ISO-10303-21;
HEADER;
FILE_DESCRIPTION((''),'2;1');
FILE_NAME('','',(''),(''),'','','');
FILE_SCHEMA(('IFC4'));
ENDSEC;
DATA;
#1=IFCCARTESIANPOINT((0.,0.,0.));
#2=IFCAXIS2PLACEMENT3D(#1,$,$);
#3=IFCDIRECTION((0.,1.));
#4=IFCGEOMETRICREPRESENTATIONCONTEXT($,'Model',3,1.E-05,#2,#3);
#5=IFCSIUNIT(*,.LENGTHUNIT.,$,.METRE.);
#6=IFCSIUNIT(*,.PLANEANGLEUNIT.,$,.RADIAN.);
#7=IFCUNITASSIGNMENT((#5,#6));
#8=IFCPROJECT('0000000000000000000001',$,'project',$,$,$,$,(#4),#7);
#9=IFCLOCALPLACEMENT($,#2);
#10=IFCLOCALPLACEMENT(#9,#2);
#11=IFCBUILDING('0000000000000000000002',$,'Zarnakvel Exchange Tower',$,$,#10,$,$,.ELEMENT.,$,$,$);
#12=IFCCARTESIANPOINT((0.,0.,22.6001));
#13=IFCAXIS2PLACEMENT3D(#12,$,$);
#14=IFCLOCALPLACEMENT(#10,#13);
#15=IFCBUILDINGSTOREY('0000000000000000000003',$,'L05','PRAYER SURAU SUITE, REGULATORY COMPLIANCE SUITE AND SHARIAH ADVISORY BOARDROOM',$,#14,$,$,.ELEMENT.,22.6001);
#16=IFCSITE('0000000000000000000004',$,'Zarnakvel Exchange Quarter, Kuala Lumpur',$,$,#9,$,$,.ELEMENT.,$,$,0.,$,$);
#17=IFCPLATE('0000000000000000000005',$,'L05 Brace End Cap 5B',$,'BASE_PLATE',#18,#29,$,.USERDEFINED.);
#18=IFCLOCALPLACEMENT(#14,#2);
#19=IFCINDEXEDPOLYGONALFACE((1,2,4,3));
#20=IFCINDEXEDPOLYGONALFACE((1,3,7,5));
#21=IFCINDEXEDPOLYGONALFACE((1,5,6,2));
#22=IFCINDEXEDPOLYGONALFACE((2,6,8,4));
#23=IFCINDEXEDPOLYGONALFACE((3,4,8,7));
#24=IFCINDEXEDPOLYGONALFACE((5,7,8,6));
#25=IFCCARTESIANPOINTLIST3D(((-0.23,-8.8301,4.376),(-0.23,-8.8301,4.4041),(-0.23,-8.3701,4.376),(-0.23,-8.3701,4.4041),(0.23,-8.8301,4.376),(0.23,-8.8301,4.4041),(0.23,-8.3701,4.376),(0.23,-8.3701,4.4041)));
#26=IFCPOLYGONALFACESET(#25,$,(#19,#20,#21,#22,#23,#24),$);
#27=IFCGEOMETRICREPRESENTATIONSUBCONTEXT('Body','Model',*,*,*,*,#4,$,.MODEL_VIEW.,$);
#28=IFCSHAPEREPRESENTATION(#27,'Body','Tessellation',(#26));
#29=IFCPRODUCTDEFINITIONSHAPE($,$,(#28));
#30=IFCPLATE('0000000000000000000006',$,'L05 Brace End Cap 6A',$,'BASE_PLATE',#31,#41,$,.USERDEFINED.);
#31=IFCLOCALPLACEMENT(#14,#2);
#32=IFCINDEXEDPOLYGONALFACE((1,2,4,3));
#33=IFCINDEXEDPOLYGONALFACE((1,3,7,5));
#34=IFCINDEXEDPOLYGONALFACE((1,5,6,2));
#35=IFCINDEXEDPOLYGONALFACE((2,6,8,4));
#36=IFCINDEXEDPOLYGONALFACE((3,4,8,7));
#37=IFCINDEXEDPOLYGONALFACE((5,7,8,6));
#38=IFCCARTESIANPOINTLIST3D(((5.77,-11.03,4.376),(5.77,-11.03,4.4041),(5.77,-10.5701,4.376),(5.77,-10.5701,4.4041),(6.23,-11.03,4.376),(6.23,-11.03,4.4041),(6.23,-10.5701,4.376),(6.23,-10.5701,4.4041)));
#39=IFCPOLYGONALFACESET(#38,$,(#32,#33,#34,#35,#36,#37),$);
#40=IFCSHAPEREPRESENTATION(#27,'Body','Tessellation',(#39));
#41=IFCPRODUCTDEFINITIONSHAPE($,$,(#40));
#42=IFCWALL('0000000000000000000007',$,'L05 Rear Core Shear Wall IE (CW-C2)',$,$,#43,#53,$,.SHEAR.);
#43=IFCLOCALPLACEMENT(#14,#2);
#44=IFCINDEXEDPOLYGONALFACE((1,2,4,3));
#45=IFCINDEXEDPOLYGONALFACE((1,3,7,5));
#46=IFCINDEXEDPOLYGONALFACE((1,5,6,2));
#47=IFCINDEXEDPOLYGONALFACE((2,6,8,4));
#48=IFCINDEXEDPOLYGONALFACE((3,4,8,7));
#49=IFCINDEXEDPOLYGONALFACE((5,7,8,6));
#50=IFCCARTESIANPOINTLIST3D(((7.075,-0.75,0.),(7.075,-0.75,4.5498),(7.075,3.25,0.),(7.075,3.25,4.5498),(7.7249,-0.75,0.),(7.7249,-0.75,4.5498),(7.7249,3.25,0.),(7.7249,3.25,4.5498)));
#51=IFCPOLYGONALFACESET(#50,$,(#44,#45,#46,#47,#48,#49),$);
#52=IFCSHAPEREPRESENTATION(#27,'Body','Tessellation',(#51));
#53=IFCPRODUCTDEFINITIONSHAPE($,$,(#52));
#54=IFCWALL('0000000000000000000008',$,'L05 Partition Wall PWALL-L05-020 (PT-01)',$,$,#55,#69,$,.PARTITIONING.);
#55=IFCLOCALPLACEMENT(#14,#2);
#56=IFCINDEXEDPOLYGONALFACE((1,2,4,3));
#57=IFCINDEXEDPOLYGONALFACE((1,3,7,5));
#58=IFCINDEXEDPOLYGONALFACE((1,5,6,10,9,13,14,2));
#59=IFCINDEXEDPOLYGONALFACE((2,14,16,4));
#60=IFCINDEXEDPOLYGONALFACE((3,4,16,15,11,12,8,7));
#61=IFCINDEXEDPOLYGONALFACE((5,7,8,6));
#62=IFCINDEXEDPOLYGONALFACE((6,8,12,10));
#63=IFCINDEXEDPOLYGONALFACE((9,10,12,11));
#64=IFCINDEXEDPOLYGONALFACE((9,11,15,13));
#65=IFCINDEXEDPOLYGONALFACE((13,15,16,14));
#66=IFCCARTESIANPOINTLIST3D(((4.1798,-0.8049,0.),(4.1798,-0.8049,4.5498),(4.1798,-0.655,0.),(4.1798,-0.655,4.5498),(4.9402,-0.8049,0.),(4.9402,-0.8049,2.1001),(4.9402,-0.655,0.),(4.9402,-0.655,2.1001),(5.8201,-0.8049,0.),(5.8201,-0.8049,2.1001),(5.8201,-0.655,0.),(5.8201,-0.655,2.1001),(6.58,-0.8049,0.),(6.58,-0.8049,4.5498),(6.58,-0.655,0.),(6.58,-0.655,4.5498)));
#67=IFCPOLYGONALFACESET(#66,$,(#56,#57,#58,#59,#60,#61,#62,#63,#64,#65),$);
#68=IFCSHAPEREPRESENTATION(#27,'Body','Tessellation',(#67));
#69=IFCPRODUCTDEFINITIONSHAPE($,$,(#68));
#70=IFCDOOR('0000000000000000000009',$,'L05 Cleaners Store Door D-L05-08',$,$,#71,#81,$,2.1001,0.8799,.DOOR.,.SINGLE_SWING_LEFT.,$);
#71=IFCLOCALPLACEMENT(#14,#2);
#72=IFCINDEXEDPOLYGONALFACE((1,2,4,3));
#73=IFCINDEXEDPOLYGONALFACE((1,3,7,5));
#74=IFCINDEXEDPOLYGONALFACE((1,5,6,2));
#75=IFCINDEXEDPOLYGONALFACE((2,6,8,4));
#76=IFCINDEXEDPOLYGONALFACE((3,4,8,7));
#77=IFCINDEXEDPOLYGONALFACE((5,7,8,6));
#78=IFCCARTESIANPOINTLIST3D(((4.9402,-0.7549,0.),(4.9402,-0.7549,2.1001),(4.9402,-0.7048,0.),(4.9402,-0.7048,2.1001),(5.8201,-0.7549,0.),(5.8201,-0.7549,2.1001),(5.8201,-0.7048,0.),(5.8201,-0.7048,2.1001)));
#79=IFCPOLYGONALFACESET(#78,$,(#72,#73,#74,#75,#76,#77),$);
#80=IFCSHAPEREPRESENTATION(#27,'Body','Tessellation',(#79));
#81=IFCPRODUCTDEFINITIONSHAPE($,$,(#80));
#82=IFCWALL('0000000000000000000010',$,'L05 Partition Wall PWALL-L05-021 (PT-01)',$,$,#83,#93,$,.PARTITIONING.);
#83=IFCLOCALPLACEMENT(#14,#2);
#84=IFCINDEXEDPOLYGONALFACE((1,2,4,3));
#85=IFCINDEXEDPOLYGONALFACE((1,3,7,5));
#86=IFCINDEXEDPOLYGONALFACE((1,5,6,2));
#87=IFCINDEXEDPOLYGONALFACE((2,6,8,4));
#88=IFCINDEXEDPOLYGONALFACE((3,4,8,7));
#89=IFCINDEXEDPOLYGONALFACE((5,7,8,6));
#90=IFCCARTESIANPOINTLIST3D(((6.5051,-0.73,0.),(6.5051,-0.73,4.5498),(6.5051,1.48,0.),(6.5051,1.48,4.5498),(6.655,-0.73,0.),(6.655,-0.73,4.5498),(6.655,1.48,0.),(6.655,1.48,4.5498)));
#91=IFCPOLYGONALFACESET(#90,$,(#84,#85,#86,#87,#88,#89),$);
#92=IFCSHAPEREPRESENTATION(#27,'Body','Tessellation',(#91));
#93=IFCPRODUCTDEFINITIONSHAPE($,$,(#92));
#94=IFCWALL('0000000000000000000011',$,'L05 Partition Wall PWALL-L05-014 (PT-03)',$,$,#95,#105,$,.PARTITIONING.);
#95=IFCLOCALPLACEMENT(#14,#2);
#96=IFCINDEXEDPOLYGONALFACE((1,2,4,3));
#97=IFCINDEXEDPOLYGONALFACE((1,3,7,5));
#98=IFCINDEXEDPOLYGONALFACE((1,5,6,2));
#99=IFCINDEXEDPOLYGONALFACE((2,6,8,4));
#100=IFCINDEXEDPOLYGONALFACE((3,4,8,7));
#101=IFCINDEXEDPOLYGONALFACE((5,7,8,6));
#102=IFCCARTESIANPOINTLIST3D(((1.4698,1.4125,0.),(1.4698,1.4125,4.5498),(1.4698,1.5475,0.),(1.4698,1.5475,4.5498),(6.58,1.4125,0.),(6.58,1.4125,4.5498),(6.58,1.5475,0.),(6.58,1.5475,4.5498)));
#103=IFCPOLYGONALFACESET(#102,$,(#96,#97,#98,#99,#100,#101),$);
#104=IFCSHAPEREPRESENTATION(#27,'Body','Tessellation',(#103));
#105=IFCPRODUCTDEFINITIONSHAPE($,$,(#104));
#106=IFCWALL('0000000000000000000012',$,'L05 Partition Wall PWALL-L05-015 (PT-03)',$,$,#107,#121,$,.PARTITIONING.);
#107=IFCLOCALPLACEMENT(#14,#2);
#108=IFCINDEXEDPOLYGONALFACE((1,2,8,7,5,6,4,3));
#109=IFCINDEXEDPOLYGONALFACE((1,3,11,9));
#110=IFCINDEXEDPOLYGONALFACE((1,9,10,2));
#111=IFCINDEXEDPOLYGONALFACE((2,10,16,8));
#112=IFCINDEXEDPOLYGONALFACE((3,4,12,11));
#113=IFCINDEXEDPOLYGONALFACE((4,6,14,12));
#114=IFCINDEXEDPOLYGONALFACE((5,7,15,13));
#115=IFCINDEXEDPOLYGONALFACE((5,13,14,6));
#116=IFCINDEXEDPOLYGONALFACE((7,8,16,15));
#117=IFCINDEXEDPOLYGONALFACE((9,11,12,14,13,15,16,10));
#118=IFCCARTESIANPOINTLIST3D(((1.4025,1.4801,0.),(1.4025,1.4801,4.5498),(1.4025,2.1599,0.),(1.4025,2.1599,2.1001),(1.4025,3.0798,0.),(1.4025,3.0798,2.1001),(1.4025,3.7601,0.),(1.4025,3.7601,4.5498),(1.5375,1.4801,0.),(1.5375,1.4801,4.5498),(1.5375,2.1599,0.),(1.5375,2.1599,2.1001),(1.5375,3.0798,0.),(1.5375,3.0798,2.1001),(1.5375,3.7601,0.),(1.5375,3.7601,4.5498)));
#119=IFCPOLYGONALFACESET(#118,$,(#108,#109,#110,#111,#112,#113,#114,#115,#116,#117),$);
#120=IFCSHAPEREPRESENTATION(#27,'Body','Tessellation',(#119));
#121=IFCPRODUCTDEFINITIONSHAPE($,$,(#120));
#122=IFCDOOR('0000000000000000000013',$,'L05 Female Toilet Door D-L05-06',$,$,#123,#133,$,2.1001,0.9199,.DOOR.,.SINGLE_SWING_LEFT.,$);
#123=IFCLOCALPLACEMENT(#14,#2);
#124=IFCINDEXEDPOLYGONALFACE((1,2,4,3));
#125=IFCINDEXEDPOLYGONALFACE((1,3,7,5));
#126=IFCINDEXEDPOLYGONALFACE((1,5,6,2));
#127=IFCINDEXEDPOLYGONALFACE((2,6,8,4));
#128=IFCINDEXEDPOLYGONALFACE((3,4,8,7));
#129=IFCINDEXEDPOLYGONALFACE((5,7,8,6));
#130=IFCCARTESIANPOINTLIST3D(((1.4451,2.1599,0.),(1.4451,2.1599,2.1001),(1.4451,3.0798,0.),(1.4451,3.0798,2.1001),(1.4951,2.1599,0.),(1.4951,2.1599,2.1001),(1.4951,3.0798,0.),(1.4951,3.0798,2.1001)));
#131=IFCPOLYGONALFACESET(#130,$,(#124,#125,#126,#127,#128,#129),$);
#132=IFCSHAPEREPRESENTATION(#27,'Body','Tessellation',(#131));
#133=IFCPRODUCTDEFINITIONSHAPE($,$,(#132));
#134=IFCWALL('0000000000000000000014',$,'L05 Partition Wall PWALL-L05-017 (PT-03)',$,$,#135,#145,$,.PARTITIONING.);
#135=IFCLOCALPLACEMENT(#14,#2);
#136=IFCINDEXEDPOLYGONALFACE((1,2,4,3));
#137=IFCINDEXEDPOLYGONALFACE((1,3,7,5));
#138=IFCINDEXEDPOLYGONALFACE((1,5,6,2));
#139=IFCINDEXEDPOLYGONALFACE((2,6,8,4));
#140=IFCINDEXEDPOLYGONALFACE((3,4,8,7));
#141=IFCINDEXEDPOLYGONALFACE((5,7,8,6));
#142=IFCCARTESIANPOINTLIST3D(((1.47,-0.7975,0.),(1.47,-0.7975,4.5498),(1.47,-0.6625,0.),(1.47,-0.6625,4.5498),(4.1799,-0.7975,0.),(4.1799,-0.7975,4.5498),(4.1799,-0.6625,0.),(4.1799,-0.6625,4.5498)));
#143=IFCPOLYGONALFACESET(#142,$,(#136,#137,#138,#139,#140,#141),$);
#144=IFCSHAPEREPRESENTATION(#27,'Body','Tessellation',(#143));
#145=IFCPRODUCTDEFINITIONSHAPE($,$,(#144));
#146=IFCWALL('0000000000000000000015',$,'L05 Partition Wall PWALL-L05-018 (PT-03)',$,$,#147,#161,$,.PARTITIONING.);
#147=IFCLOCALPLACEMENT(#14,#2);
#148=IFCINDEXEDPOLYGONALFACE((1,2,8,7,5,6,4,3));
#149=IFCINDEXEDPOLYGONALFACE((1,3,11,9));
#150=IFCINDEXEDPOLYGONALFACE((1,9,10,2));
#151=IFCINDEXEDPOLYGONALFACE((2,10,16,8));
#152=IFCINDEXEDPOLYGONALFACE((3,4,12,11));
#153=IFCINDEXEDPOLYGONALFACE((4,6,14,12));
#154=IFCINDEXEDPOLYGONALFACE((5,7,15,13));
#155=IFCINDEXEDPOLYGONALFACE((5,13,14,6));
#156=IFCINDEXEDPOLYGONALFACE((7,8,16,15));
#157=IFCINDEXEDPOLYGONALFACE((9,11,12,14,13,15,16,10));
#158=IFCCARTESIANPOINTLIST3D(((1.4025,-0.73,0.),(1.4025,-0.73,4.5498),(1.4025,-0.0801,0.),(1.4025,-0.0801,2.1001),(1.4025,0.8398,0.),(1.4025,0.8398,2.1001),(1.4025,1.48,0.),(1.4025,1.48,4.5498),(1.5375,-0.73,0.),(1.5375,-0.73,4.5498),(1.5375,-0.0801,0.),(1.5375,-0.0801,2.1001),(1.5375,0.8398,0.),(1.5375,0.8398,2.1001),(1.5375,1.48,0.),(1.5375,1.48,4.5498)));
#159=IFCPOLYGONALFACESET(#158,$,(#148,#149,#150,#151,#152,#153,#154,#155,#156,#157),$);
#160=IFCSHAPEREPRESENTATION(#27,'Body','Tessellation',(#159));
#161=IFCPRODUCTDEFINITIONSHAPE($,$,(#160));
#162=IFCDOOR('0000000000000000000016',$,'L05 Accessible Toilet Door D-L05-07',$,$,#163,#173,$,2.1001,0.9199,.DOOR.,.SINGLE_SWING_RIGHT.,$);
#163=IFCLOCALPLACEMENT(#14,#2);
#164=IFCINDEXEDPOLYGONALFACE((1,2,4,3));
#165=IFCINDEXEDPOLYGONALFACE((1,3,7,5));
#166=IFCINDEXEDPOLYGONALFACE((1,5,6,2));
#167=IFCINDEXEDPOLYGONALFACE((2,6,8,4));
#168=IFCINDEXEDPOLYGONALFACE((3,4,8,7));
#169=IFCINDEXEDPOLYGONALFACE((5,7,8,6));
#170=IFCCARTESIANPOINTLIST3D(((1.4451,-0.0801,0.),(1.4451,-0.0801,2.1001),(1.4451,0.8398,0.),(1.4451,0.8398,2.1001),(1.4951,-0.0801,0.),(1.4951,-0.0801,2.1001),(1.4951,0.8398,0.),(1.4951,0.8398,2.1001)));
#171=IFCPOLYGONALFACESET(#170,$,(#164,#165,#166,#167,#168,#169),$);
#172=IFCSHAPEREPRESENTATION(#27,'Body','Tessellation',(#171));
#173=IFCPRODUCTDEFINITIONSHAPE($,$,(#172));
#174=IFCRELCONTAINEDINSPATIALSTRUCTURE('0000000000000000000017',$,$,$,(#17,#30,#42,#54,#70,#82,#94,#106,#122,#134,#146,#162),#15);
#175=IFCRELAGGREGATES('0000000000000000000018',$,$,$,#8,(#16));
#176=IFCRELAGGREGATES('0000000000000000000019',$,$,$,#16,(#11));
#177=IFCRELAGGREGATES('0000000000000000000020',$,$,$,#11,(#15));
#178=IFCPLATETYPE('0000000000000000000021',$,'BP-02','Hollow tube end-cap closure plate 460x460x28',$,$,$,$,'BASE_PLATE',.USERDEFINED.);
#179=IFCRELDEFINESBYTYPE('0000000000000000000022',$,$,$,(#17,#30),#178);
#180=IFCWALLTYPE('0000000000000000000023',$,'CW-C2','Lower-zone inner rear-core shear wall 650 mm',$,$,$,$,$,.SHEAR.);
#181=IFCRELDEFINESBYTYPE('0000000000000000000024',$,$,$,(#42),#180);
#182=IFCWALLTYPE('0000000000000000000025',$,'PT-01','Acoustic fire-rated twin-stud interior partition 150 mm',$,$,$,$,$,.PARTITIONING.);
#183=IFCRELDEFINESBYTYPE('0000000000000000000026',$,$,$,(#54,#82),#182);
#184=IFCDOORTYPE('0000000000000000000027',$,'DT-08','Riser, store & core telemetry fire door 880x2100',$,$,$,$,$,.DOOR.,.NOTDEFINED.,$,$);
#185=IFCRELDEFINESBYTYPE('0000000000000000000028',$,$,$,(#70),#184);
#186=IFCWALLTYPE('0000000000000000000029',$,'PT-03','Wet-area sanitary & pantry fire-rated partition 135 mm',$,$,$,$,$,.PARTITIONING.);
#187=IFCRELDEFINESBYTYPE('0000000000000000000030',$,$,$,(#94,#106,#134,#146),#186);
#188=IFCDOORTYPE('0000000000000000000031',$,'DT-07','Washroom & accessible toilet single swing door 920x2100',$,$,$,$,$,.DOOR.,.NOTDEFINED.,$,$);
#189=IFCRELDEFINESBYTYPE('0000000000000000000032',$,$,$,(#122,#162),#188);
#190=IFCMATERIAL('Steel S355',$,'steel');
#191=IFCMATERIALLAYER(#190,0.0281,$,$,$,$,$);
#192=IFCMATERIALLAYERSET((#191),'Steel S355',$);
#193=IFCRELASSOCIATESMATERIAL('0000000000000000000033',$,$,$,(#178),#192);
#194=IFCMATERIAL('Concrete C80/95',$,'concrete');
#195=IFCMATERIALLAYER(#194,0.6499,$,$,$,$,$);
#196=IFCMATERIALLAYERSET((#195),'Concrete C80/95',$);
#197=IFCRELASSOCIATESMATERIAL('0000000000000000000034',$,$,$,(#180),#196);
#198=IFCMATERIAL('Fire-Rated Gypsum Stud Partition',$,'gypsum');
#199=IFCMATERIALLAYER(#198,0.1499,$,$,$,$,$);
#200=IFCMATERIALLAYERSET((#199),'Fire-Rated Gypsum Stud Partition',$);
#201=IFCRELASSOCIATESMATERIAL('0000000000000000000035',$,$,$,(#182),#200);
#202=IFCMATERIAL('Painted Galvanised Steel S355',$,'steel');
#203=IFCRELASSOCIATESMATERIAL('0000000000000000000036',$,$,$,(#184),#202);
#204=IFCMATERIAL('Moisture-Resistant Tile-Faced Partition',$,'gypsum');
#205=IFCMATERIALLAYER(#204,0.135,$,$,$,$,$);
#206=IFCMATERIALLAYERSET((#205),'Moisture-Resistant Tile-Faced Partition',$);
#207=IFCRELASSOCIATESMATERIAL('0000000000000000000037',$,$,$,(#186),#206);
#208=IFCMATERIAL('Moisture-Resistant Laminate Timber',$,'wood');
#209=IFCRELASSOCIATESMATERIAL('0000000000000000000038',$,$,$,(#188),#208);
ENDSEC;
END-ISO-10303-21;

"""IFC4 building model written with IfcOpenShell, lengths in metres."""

from ifc_helpers import new_model, si_unit, direction, frame, frame_2d, origin, origin_2d, place, context, subcontext, project, spatial, rectangle, extrude, source, transform, mapped, material, layer, layer_set, type_object, element, fill, save


model = new_model("IFC4")

# Units and contexts
model_context = context("Model", 3, precision=1e-05, world=origin(), true_north=direction((0.0, 1.0)))
body_context = subcontext(model_context, "Body", "Model", "MODEL_VIEW")
ifc_project = project(units=[si_unit("LENGTHUNIT", "METRE"), si_unit("PLANEANGLEUNIT", "RADIAN")], contexts=[model_context])

# Site, building, storey
site_placement = place(None, origin())
site = spatial("IfcSite", under=ifc_project, at=site_placement, Name="Zarnakvel Exchange Quarter, Kuala Lumpur", CompositionType="ELEMENT", RefElevation=0.0)
building_placement = place(site_placement, origin())
building = spatial("IfcBuilding", under=site, at=building_placement, Name="Zarnakvel Exchange Tower", CompositionType="ELEMENT")
storey_placement = place(building_placement, frame((0.0, 0.0, 22.6001)))
storey = spatial("IfcBuildingStorey", under=building, at=storey_placement, Name="L05", Description="PRAYER SURAU SUITE, REGULATORY COMPLIANCE SUITE AND SHARIAH ADVISORY BOARDROOM", CompositionType="ELEMENT", Elevation=22.6001)

# Shared definitions
ifc_material_1 = material(Name="Concrete C80/95", Category="concrete")

# Shared definitions
ifc_material_2 = material(Name="Steel S355", Category="steel")

# Plates
ifc_layer_1 = layer(ifc_material_2, 0.0281)
ifc_layer_set_1 = layer_set([ifc_layer_1], Name="Steel S355")
plate_type = type_object("IfcPlateType", Name="BP-02", Description="Hollow tube end-cap closure plate 460x460x28", ElementType="BASE_PLATE", PredefinedType="USERDEFINED", material=ifc_layer_set_1)
shared_shape_1 = source(origin(), body_context, "Body", "SweptSolid", [
    extrude(rectangle(XDim=0.46, YDim=0.46, at=origin_2d()), origin(), (0.0, 0.0, 1.0), 0.0281),
])
for number, where, z_axis, x_axis, name in (
    (1, (0.0, -8.6001, 4.376), (0.0, 0.0, 1.0), (1.0, 0.0, 0.0), "L05 Brace End Cap 5B"),
    (2, (6.0, -10.8, 4.376), (0.0, 0.0, 1.0), (1.0, 0.0, 0.0), "L05 Brace End Cap 6A"),
):
    element("IfcPlate", number, at=place(storey_placement, frame(where, z_axis=z_axis, x_axis=x_axis)), inside=storey, type_object=plate_type, Name=name, ObjectType="BASE_PLATE", PredefinedType="USERDEFINED", context=body_context, shape_type="MappedRepresentation", body=[
        mapped(shared_shape_1, transform((0.0, 0.0, 0.0), x_axis=(1.0, 0.0, 0.0), y_axis=(0.0, 1.0, 0.0), z_axis=(0.0, 0.0, 1.0), scale=1.0)),
    ])

# Wall
ifc_layer_2 = layer(ifc_material_1, 0.6499)
ifc_layer_set_2 = layer_set([ifc_layer_2], Name="Concrete C80/95")
wall_type_1 = type_object("IfcWallType", Name="CW-C2", Description="Lower-zone inner rear-core shear wall 650 mm", PredefinedType="SHEAR", material=ifc_layer_set_2)
wall_1_placement = place(storey_placement, frame((7.3999, -0.75, 0.0), z_axis=(0.0, 0.0, 1.0), x_axis=(0.0, 1.0, 0.0)))
element("IfcWall", 3, at=wall_1_placement, inside=storey, type_object=wall_type_1, Name="L05 Rear Core Shear Wall IE (CW-C2)", PredefinedType="SHEAR", context=body_context, shape_type="SweptSolid", body=[
    extrude(rectangle(XDim=4.0, YDim=0.6499, at=frame_2d((2.0, 0.0))), origin(), (0.0, 0.0, 1.0), 4.5498),
])

# Wall, opening, door
ifc_material_3 = material(Name="Fire-Rated Gypsum Stud Partition", Category="gypsum")
ifc_layer_3 = layer(ifc_material_3, 0.1499)
ifc_layer_set_3 = layer_set([ifc_layer_3], Name="Fire-Rated Gypsum Stud Partition")
wall_type_2 = type_object("IfcWallType", Name="PT-01", Description="Acoustic fire-rated twin-stud interior partition 150 mm", PredefinedType="PARTITIONING", material=ifc_layer_set_3)
wall_2_placement = place(storey_placement, frame((6.5801, -0.73, 0.0), z_axis=(0.0, 0.0, 1.0), x_axis=(-1.0, 0.0, 0.0)))
wall_2 = element("IfcWall", 4, at=wall_2_placement, inside=storey, type_object=wall_type_2, Name="L05 Partition Wall PWALL-L05-020 (PT-01)", PredefinedType="PARTITIONING", context=body_context, shape_type="SweptSolid", body=[
    extrude(rectangle(XDim=2.4001, YDim=0.1499, at=frame_2d((1.2002, 0.0))), origin(), (0.0, 0.0, 1.0), 4.5498),
])
opening_1_placement = place(wall_2_placement, frame((0.76, 0.0, 0.0)))
opening_1 = element("IfcOpeningElement", 5, at=opening_1_placement, cuts=wall_2, PredefinedType="OPENING", context=body_context, shape_type="SweptSolid", body=[
    extrude(rectangle(XDim=0.8799, YDim=2.1001, at=frame_2d((0.4399, 1.05))), frame((0.0, 0.085, 0.0), z_axis=(0.0, -1.0, 0.0), x_axis=(1.0, 0.0, 0.0)), (0.0, 0.0, 1.0), 0.1699),
])
ifc_material_4 = material(Name="Painted Galvanised Steel S355", Category="steel")
door_type_1 = type_object("IfcDoorType", Name="DT-08", Description="Riser, store & core telemetry fire door 880x2100", OperationType="NOTDEFINED", PredefinedType="DOOR", material=ifc_material_4)
shared_shape_2 = source(origin(), body_context, "Body", "SweptSolid", [
    extrude(rectangle(XDim=0.8799, YDim=2.1001, at=frame_2d((0.4399, 1.05))), frame((0.0, 0.0249, 0.0), z_axis=(0.0, -1.0, 0.0), x_axis=(1.0, 0.0, 0.0)), (0.0, 0.0, 1.0), 0.05),
])
door_1_placement = place(opening_1_placement, origin())
door_1 = element("IfcDoor", 6, at=door_1_placement, inside=storey, type_object=door_type_1, Name="L05 Cleaners Store Door D-L05-08", OperationType="SINGLE_SWING_LEFT", OverallHeight=2.1001, OverallWidth=0.8799, PredefinedType="DOOR", context=body_context, shape_type="MappedRepresentation", body=[
    mapped(shared_shape_2, transform((0.0, 0.0, 0.0), x_axis=(1.0, 0.0, 0.0), y_axis=(0.0, 1.0, 0.0), z_axis=(0.0, 0.0, 1.0), scale=1.0)),
])
fill(opening_1, door_1)

# Walls
wall_3_placement = place(storey_placement, frame((6.5801, 1.48, 0.0), z_axis=(0.0, 0.0, 1.0), x_axis=(0.0, -1.0, 0.0)))
element("IfcWall", 7, at=wall_3_placement, inside=storey, type_object=wall_type_2, Name="L05 Partition Wall PWALL-L05-021 (PT-01)", PredefinedType="PARTITIONING", context=body_context, shape_type="SweptSolid", body=[
    extrude(rectangle(XDim=2.21, YDim=0.1499, at=frame_2d((1.105, 0.0))), origin(), (0.0, 0.0, 1.0), 4.5498),
])
ifc_material_5 = material(Name="Moisture-Resistant Tile-Faced Partition", Category="gypsum")
ifc_layer_4 = layer(ifc_material_5, 0.135)
ifc_layer_set_4 = layer_set([ifc_layer_4], Name="Moisture-Resistant Tile-Faced Partition")
wall_type_3 = type_object("IfcWallType", Name="PT-03", Description="Wet-area sanitary & pantry fire-rated partition 135 mm", PredefinedType="PARTITIONING", material=ifc_layer_set_4)
wall_4_placement = place(storey_placement, frame((6.5801, 1.48, 0.0), z_axis=(0.0, 0.0, 1.0), x_axis=(-1.0, 0.0, 0.0)))
element("IfcWall", 8, at=wall_4_placement, inside=storey, type_object=wall_type_3, Name="L05 Partition Wall PWALL-L05-014 (PT-03)", PredefinedType="PARTITIONING", context=body_context, shape_type="SweptSolid", body=[
    extrude(rectangle(XDim=5.1101, YDim=0.135, at=frame_2d((2.5552, 0.0))), origin(), (0.0, 0.0, 1.0), 4.5498),
])

# Wall, opening, door
wall_5_placement = place(storey_placement, frame((1.47, 1.48, 0.0), z_axis=(0.0, 0.0, 1.0), x_axis=(0.0, 1.0, 0.0)))
wall_5 = element("IfcWall", 9, at=wall_5_placement, inside=storey, type_object=wall_type_3, Name="L05 Partition Wall PWALL-L05-015 (PT-03)", PredefinedType="PARTITIONING", context=body_context, shape_type="SweptSolid", body=[
    extrude(rectangle(XDim=2.28, YDim=0.135, at=frame_2d((1.1401, 0.0))), origin(), (0.0, 0.0, 1.0), 4.5498),
])
opening_2_placement = place(wall_5_placement, frame((0.6799, 0.0, 0.0)))
opening_2 = element("IfcOpeningElement", 10, at=opening_2_placement, cuts=wall_5, PredefinedType="OPENING", context=body_context, shape_type="SweptSolid", body=[
    extrude(rectangle(XDim=0.9199, YDim=2.1001, at=frame_2d((0.46, 1.05))), frame((0.0, 0.0774, 0.0), z_axis=(0.0, -1.0, 0.0), x_axis=(1.0, 0.0, 0.0)), (0.0, 0.0, 1.0), 0.155),
])
ifc_material_6 = material(Name="Moisture-Resistant Laminate Timber", Category="wood")
door_type_2 = type_object("IfcDoorType", Name="DT-07", Description="Washroom & accessible toilet single swing door 920x2100", OperationType="NOTDEFINED", PredefinedType="DOOR", material=ifc_material_6)
shared_shape_3 = source(origin(), body_context, "Body", "SweptSolid", [
    extrude(rectangle(XDim=0.9199, YDim=2.1001, at=frame_2d((0.46, 1.05))), frame((0.0, 0.0249, 0.0), z_axis=(0.0, -1.0, 0.0), x_axis=(1.0, 0.0, 0.0)), (0.0, 0.0, 1.0), 0.05),
])
door_2_placement = place(opening_2_placement, origin())
door_2 = element("IfcDoor", 11, at=door_2_placement, inside=storey, type_object=door_type_2, Name="L05 Female Toilet Door D-L05-06", OperationType="SINGLE_SWING_LEFT", OverallHeight=2.1001, OverallWidth=0.9199, PredefinedType="DOOR", context=body_context, shape_type="MappedRepresentation", body=[
    mapped(shared_shape_3, transform((0.0, 0.0, 0.0), x_axis=(1.0, 0.0, 0.0), y_axis=(0.0, 1.0, 0.0), z_axis=(0.0, 0.0, 1.0), scale=1.0)),
])
fill(opening_2, door_2)

# Wall
wall_6_placement = place(storey_placement, frame((4.1799, -0.73, 0.0), z_axis=(0.0, 0.0, 1.0), x_axis=(-1.0, 0.0, 0.0)))
element("IfcWall", 12, at=wall_6_placement, inside=storey, type_object=wall_type_3, Name="L05 Partition Wall PWALL-L05-017 (PT-03)", PredefinedType="PARTITIONING", context=body_context, shape_type="SweptSolid", body=[
    extrude(rectangle(XDim=2.71, YDim=0.135, at=frame_2d((1.355, 0.0))), origin(), (0.0, 0.0, 1.0), 4.5498),
])

# Wall, opening, door
wall_7_placement = place(storey_placement, frame((1.47, -0.73, 0.0), z_axis=(0.0, 0.0, 1.0), x_axis=(0.0, 1.0, 0.0)))
wall_7 = element("IfcWall", 13, at=wall_7_placement, inside=storey, type_object=wall_type_3, Name="L05 Partition Wall PWALL-L05-018 (PT-03)", PredefinedType="PARTITIONING", context=body_context, shape_type="SweptSolid", body=[
    extrude(rectangle(XDim=2.21, YDim=0.135, at=frame_2d((1.105, 0.0))), origin(), (0.0, 0.0, 1.0), 4.5498),
])
opening_3_placement = place(wall_7_placement, frame((0.6499, 0.0, 0.0)))
opening_3 = element("IfcOpeningElement", 14, at=opening_3_placement, cuts=wall_7, PredefinedType="OPENING", context=body_context, shape_type="SweptSolid", body=[
    extrude(rectangle(XDim=0.9199, YDim=2.1001, at=frame_2d((0.46, 1.05))), frame((0.0, 0.0774, 0.0), z_axis=(0.0, -1.0, 0.0), x_axis=(1.0, 0.0, 0.0)), (0.0, 0.0, 1.0), 0.155),
])
door_3_placement = place(opening_3_placement, origin())
door_3 = element("IfcDoor", 15, at=door_3_placement, inside=storey, type_object=door_type_2, Name="L05 Accessible Toilet Door D-L05-07", OperationType="SINGLE_SWING_RIGHT", OverallHeight=2.1001, OverallWidth=0.9199, PredefinedType="DOOR", context=body_context, shape_type="MappedRepresentation", body=[
    mapped(shared_shape_3, transform((0.0, 0.0, 0.0), x_axis=(1.0, 0.0, 0.0), y_axis=(0.0, 1.0, 0.0), z_axis=(0.0, 0.0, 1.0), scale=1.0)),
])
fill(opening_3, door_3)

save(model, "model.ifc")
